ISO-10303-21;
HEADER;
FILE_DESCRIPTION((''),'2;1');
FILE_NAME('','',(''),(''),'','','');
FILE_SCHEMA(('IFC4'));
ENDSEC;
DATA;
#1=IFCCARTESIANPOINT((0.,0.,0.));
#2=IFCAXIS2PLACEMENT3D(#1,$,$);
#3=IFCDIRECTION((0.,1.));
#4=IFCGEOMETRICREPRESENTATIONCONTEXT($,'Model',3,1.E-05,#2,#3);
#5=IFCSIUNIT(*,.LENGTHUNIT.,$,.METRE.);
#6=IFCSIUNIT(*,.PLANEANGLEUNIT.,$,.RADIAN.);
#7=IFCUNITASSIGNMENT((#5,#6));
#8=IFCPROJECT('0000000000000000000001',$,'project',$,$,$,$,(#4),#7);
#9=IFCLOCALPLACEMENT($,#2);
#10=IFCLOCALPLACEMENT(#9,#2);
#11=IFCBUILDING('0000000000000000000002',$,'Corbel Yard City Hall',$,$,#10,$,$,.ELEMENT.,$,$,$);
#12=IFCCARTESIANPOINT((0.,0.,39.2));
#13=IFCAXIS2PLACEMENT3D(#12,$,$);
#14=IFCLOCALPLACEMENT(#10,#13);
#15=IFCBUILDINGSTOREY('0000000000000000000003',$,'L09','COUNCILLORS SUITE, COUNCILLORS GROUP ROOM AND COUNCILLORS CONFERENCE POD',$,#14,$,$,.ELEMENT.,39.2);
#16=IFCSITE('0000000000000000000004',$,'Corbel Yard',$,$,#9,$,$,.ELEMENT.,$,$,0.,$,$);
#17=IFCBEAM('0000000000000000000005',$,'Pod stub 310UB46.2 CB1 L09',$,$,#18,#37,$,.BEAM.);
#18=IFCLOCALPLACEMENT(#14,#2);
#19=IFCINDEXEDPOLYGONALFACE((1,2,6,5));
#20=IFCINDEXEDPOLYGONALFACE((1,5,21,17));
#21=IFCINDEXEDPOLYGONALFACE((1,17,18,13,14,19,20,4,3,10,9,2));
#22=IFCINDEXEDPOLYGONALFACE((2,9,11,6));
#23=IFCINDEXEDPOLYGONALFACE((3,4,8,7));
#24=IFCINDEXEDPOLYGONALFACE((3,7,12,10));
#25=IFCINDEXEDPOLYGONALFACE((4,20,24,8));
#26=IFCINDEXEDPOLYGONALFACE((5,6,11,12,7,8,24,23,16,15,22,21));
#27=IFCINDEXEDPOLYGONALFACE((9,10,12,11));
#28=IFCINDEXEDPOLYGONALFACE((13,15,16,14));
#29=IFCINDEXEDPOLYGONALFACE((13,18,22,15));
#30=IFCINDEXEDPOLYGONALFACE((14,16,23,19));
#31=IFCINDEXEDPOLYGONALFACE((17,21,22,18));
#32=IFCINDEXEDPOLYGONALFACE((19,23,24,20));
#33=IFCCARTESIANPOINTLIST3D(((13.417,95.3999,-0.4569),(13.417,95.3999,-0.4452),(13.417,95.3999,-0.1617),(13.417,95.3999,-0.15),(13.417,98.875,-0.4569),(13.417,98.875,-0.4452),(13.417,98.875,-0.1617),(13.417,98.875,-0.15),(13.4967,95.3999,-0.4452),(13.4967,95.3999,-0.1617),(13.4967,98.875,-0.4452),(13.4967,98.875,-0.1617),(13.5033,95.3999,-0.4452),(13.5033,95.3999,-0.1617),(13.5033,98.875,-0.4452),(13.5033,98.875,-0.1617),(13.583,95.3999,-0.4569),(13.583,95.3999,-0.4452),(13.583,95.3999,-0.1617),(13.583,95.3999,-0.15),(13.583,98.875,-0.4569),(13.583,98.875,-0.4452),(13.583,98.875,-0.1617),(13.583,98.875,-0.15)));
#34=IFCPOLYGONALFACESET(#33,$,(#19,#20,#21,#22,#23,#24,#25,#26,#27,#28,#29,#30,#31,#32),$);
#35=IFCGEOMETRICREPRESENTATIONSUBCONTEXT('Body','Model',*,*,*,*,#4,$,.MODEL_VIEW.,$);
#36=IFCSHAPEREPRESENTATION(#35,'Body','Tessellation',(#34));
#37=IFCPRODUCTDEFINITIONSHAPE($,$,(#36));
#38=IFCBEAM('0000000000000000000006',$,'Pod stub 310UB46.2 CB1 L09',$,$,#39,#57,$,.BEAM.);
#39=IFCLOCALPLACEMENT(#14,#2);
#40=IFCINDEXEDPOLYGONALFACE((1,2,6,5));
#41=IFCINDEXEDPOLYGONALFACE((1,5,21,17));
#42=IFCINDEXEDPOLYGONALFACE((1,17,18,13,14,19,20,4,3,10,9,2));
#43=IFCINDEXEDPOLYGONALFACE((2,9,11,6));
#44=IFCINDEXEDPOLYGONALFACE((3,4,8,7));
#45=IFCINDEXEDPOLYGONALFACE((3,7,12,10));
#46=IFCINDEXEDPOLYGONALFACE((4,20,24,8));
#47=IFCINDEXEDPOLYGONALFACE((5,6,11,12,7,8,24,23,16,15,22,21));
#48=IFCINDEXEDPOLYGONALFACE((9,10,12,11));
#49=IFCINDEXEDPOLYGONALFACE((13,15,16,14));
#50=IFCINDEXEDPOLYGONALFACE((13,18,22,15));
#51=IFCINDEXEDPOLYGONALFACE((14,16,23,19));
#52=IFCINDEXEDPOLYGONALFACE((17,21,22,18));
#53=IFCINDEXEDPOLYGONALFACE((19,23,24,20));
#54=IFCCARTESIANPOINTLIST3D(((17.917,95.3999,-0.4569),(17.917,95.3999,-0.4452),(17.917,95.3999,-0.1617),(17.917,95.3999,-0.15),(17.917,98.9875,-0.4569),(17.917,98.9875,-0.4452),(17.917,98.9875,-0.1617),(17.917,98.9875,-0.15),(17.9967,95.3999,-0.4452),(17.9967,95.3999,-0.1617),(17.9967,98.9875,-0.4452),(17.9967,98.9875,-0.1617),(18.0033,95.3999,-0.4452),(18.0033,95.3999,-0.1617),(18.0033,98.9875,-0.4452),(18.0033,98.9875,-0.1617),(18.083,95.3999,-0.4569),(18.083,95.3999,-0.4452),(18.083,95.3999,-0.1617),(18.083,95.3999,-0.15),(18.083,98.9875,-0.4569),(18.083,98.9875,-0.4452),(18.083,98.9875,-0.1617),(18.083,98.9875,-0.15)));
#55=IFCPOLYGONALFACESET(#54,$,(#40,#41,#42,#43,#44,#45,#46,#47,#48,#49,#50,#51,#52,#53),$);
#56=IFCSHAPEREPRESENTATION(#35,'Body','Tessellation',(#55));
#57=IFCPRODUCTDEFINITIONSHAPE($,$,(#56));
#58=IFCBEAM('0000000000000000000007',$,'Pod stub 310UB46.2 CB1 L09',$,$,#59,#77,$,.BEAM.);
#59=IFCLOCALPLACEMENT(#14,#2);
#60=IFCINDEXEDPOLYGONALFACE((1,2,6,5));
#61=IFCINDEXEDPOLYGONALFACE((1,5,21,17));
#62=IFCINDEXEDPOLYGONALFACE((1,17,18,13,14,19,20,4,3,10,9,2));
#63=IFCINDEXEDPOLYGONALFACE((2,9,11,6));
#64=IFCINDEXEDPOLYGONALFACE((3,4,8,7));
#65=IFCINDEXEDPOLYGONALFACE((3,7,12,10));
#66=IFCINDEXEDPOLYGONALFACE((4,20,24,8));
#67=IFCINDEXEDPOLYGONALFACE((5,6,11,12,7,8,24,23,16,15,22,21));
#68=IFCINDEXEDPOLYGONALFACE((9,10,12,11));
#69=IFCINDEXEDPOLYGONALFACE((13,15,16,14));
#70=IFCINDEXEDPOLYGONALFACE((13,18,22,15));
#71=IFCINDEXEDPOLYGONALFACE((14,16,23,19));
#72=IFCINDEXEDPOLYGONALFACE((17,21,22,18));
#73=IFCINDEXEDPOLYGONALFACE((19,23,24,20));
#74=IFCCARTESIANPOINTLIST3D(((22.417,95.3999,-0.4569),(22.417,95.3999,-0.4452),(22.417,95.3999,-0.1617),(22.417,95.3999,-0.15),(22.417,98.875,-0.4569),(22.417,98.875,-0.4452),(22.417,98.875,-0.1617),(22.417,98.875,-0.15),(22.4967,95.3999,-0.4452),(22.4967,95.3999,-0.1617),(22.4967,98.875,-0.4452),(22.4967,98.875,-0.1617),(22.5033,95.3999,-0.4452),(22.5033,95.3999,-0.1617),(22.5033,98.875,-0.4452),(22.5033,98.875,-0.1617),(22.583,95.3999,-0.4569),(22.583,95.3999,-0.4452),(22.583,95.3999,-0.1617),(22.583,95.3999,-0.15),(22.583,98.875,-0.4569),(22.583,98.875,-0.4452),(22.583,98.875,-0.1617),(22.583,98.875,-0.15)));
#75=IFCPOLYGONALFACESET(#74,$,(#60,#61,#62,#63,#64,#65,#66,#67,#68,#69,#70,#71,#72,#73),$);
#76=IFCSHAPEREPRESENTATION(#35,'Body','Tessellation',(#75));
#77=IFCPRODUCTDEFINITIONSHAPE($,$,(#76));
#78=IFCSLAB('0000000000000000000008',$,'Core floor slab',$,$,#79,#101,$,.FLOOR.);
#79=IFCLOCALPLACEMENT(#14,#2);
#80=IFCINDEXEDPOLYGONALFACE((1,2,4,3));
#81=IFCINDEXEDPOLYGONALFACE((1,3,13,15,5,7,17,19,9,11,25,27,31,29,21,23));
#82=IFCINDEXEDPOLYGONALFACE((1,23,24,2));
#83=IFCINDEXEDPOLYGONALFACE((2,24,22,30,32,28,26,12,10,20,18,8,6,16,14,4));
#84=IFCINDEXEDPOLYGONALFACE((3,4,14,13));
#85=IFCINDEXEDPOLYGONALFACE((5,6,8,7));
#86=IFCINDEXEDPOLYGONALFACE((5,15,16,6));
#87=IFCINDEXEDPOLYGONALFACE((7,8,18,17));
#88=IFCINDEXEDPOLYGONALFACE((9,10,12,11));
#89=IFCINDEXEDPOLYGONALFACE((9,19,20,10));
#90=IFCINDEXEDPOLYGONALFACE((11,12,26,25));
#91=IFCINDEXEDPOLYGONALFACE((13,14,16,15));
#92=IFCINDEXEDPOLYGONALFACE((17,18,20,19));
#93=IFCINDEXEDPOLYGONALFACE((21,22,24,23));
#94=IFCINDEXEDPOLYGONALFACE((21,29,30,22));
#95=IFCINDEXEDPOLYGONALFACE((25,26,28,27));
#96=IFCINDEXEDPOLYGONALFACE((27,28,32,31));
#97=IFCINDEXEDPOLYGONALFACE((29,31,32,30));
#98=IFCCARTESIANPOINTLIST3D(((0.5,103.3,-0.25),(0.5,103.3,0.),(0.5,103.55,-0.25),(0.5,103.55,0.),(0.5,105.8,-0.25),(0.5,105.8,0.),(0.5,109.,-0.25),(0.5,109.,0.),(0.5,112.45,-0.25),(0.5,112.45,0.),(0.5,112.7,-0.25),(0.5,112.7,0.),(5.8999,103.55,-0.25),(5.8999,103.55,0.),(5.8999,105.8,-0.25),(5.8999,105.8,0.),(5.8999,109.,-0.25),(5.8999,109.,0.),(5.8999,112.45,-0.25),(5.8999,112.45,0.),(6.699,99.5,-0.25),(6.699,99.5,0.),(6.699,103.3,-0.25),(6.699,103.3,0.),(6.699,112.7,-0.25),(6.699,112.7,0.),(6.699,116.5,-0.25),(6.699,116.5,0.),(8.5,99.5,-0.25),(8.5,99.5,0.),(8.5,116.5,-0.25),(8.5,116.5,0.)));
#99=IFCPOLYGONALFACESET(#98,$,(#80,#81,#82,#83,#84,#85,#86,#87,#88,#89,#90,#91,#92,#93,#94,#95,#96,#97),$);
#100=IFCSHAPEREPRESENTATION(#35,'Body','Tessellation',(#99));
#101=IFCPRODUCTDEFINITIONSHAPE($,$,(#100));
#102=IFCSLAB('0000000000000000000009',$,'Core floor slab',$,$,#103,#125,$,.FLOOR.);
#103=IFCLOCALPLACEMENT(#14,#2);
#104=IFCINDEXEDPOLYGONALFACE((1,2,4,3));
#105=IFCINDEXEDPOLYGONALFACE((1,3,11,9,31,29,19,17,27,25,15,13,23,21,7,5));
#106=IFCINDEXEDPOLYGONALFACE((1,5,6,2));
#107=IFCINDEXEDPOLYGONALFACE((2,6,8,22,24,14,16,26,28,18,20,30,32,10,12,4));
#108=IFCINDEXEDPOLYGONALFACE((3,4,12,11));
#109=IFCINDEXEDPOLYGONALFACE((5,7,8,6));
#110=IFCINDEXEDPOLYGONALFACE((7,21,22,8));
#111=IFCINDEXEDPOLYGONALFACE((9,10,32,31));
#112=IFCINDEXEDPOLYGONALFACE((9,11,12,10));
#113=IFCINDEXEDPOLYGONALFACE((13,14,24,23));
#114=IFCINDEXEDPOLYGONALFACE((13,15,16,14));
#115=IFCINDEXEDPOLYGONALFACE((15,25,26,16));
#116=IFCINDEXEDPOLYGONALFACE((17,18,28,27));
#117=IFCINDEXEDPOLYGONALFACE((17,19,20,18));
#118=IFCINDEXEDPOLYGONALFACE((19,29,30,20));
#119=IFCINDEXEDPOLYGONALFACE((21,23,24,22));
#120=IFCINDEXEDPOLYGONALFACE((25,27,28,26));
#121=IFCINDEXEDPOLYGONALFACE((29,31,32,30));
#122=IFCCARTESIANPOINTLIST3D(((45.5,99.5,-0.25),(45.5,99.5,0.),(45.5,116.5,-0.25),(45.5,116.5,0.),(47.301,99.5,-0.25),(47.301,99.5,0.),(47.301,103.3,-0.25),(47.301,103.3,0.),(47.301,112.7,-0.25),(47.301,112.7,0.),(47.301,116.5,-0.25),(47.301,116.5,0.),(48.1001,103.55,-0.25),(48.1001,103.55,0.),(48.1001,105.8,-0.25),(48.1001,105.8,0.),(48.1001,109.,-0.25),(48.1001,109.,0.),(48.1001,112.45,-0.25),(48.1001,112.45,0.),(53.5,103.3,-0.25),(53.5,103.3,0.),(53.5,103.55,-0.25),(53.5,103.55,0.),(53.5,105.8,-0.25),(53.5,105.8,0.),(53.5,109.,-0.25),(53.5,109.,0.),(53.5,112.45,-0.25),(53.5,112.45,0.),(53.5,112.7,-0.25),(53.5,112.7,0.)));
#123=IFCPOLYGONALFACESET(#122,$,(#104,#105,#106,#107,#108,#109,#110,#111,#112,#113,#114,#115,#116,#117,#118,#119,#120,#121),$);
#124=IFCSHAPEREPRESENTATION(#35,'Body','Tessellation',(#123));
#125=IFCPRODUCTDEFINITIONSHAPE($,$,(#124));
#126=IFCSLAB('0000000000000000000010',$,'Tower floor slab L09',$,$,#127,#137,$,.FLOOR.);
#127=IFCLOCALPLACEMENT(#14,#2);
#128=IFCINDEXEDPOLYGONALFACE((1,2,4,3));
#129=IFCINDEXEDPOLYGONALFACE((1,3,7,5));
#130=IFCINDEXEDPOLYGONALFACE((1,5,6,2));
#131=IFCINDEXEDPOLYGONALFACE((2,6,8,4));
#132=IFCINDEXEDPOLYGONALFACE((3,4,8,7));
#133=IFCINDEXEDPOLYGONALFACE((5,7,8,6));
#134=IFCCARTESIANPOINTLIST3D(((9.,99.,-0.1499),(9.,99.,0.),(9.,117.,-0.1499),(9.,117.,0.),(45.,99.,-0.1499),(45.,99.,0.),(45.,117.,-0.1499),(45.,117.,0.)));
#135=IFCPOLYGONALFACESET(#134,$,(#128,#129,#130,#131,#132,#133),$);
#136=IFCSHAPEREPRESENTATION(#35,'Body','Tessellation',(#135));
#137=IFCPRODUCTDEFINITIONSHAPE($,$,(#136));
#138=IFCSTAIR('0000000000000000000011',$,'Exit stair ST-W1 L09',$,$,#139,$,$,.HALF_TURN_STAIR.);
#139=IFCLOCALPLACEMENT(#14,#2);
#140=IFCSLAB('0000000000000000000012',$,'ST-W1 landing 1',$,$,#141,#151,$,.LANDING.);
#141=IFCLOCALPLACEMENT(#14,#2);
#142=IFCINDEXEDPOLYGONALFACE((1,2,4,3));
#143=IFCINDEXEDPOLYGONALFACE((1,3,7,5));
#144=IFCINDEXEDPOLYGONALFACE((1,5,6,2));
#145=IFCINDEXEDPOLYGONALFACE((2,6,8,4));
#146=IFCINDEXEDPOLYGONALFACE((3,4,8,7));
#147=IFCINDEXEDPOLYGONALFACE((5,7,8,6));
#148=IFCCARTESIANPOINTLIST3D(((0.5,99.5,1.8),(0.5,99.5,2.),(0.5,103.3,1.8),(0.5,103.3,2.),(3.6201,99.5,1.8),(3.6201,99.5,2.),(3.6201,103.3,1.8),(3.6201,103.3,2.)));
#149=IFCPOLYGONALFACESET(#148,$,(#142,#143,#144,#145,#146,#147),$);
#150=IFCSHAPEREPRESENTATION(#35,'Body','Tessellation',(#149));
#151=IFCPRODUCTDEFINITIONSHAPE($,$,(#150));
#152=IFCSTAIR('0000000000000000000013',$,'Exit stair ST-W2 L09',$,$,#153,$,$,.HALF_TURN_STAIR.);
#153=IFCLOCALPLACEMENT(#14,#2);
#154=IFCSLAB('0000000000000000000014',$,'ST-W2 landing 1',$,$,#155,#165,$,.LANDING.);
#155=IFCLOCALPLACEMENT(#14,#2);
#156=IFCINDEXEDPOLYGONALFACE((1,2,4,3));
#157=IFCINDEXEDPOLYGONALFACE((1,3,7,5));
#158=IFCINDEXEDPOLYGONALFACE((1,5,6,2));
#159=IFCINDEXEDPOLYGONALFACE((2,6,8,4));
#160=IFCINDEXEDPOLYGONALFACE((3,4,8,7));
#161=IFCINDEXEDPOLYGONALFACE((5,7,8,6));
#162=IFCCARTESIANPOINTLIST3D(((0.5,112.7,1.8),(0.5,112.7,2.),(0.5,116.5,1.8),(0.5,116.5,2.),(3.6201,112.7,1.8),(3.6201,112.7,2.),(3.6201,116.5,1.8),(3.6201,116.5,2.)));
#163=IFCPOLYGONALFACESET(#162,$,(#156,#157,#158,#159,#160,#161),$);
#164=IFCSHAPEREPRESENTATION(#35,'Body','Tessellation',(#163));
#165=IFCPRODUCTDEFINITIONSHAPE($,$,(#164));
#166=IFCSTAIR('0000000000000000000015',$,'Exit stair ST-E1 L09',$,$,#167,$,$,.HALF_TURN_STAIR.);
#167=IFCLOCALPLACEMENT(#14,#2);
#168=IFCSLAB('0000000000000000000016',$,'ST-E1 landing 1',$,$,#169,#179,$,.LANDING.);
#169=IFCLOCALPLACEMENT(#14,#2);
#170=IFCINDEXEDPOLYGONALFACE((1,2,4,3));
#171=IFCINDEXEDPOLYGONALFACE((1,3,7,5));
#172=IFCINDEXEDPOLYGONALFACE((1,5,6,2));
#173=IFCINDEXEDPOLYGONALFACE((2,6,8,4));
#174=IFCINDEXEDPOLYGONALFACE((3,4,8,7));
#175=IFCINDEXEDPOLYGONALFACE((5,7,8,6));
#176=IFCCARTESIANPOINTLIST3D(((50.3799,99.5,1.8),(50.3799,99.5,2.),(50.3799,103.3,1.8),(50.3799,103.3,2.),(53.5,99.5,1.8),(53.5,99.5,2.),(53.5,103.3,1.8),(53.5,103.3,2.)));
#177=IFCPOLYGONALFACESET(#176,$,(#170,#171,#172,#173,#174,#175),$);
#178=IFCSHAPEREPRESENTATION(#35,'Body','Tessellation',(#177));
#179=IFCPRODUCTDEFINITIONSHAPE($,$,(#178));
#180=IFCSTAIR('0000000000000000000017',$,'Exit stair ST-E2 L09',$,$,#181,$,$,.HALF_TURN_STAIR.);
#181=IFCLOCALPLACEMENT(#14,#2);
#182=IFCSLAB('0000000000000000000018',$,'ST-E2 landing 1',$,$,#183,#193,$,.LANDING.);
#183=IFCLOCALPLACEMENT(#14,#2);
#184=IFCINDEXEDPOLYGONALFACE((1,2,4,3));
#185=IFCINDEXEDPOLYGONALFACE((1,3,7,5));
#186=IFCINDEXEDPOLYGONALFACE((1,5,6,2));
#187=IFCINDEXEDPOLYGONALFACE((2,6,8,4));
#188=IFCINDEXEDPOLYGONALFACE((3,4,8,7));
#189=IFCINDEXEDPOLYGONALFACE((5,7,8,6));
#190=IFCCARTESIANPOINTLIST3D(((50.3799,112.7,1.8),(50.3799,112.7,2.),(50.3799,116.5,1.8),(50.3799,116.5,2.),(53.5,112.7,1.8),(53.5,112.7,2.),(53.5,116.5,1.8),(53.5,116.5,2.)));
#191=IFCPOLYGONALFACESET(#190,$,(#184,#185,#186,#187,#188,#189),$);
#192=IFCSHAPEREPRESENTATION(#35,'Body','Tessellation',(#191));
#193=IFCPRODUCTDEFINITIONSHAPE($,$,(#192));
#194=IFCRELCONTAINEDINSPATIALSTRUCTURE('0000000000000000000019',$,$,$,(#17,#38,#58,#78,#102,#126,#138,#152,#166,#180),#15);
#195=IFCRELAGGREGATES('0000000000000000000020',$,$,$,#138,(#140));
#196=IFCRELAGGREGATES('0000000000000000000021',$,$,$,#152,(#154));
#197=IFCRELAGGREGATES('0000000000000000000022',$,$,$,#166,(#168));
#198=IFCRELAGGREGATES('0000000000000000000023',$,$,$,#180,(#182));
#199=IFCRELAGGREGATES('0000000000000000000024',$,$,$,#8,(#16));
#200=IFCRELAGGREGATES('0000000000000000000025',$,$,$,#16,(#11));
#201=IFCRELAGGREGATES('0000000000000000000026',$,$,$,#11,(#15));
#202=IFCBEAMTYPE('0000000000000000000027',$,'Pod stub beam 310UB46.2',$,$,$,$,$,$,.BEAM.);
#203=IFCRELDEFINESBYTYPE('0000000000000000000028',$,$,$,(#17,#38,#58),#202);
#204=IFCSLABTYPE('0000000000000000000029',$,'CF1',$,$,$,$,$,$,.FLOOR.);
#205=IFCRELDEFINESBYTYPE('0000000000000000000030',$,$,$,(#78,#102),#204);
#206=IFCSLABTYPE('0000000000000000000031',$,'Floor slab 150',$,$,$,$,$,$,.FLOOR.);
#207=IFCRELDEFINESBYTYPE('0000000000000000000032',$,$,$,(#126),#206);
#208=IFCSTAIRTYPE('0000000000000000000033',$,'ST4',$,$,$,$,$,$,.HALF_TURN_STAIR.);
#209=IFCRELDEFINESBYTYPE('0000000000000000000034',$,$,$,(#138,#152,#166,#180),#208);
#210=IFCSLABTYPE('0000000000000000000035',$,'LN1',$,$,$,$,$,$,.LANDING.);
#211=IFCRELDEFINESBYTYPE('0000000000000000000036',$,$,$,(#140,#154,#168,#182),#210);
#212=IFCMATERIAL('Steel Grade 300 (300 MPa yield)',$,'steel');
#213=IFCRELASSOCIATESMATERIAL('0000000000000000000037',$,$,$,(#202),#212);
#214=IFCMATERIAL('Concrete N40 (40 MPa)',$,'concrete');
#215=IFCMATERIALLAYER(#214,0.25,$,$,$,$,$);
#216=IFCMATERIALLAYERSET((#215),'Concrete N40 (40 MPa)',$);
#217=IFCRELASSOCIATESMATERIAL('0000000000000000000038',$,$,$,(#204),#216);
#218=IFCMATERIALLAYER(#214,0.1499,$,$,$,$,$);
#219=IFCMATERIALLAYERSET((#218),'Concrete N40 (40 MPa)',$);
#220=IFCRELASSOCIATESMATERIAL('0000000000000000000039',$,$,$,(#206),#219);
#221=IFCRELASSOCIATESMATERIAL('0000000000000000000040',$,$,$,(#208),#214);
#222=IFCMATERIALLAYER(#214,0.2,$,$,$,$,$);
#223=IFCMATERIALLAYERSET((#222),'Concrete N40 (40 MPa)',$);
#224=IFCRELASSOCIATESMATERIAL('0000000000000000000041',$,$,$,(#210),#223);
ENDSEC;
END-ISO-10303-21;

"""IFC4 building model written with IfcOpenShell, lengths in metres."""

from ifc_helpers import new_model, si_unit, direction, frame, origin, origin_2d, place, context, subcontext, project, spatial, polyline, i_section, outline, extrude, material, layer, layer_set, material_profile, profile_set, type_object, element, aggregate, save


model = new_model("IFC4")

# Units and contexts
model_context = context("Model", 3, precision=1e-05, world=origin(), true_north=direction((0.0, 1.0)))
body_context = subcontext(model_context, "Body", "Model", "MODEL_VIEW")
ifc_project = project(units=[si_unit("LENGTHUNIT", "METRE"), si_unit("PLANEANGLEUNIT", "RADIAN")], contexts=[model_context])

# Site, building, storey
site_placement = place(None, origin())
site = spatial("IfcSite", under=ifc_project, at=site_placement, Name="Corbel Yard", CompositionType="ELEMENT", RefElevation=0.0)
building_placement = place(site_placement, origin())
building = spatial("IfcBuilding", under=site, at=building_placement, Name="Corbel Yard City Hall", CompositionType="ELEMENT")
storey_placement = place(building_placement, frame((0.0, 0.0, 39.2)))
storey = spatial("IfcBuildingStorey", under=building, at=storey_placement, Name="L09", Description="COUNCILLORS SUITE, COUNCILLORS GROUP ROOM AND COUNCILLORS CONFERENCE POD", CompositionType="ELEMENT", Elevation=39.2)

# Beams
ifc_material_1 = material(Name="Steel Grade 300 (300 MPa yield)", Category="steel")
ifc_material_profile = material_profile(ifc_material_1, i_section(OverallWidth=0.166, OverallDepth=0.3069, WebThickness=0.0066, FlangeThickness=0.0117, at=origin_2d()), Name="310UB46.2")
ifc_profile_set = profile_set([ifc_material_profile], Name="Steel Grade 300 (300 MPa yield)")
beam_type = type_object("IfcBeamType", Name="Pod stub beam 310UB46.2", PredefinedType="BEAM", material=ifc_profile_set)
beam_1_placement = place(storey_placement, frame((13.5, 95.3999, -0.3035), z_axis=(0.0, 1.0, 0.0), x_axis=(-1.0, 0.0, 0.0)))
element("IfcBeam", 1, at=beam_1_placement, inside=storey, type_object=beam_type, Name="Pod stub 310UB46.2 CB1 L09", PredefinedType="BEAM", context=body_context, shape_type="SweptSolid", body=[
    extrude(i_section(OverallWidth=0.166, OverallDepth=0.3069, WebThickness=0.0066, FlangeThickness=0.0117, at=origin_2d()), origin(), (0.0, 0.0, 1.0), 3.4751),
])
beam_2_placement = place(storey_placement, frame((18.0, 95.3999, -0.3035), z_axis=(0.0, 1.0, 0.0), x_axis=(-1.0, 0.0, 0.0)))
element("IfcBeam", 2, at=beam_2_placement, inside=storey, type_object=beam_type, Name="Pod stub 310UB46.2 CB1 L09", PredefinedType="BEAM", context=body_context, shape_type="SweptSolid", body=[
    extrude(i_section(OverallWidth=0.166, OverallDepth=0.3069, WebThickness=0.0066, FlangeThickness=0.0117, at=origin_2d()), origin(), (0.0, 0.0, 1.0), 3.5876),
])
beam_3_placement = place(storey_placement, frame((22.5, 95.3999, -0.3035), z_axis=(0.0, 1.0, 0.0), x_axis=(-1.0, 0.0, 0.0)))
element("IfcBeam", 3, at=beam_3_placement, inside=storey, type_object=beam_type, Name="Pod stub 310UB46.2 CB1 L09", PredefinedType="BEAM", context=body_context, shape_type="SweptSolid", body=[
    extrude(i_section(OverallWidth=0.166, OverallDepth=0.3069, WebThickness=0.0066, FlangeThickness=0.0117, at=origin_2d()), origin(), (0.0, 0.0, 1.0), 3.4751),
])

# Slabs
ifc_material_2 = material(Name="Concrete N40 (40 MPa)", Category="concrete")
ifc_layer_1 = layer(ifc_material_2, 0.25)
ifc_layer_set_1 = layer_set([ifc_layer_1], Name="Concrete N40 (40 MPa)")
slab_type_1 = type_object("IfcSlabType", Name="CF1", PredefinedType="FLOOR", material=ifc_layer_set_1)
slab_1_placement = place(storey_placement, frame((0.0, 0.0, -0.25)))
element("IfcSlab", 4, at=slab_1_placement, inside=storey, type_object=slab_type_1, Name="Core floor slab", PredefinedType="FLOOR", context=body_context, shape_type="SweptSolid", body=[
    extrude(outline(polyline([(8.5, 116.5), (6.699, 116.5), (6.699, 112.7), (0.5, 112.7), (0.5, 112.45), (5.8999, 112.45), (5.8999, 109.0), (0.5, 109.0), (0.5, 105.8), (5.8999, 105.8), (5.8999, 103.55), (0.5, 103.55), (0.5, 103.3), (6.699, 103.3), (6.699, 99.5), (8.5, 99.5), (8.5, 116.5)])), origin(), (0.0, 0.0, 1.0), 0.25),
])
slab_2_placement = place(storey_placement, frame((0.0, 0.0, -0.25)))
element("IfcSlab", 5, at=slab_2_placement, inside=storey, type_object=slab_type_1, Name="Core floor slab", PredefinedType="FLOOR", context=body_context, shape_type="SweptSolid", body=[
    extrude(outline(polyline([(53.5, 103.3), (53.5, 103.55), (48.1001, 103.55), (48.1001, 105.8), (53.5, 105.8), (53.5, 109.0), (48.1001, 109.0), (48.1001, 112.45), (53.5, 112.45), (53.5, 112.7), (47.301, 112.7), (47.301, 116.5), (45.5, 116.5), (45.5, 99.5), (47.301, 99.5), (47.301, 103.3), (53.5, 103.3)])), origin(), (0.0, 0.0, 1.0), 0.25),
])
ifc_layer_2 = layer(ifc_material_2, 0.1499)
ifc_layer_set_2 = layer_set([ifc_layer_2], Name="Concrete N40 (40 MPa)")
slab_type_2 = type_object("IfcSlabType", Name="Floor slab 150", PredefinedType="FLOOR", material=ifc_layer_set_2)
slab_3_placement = place(storey_placement, frame((0.0, 0.0, -0.1499)))
element("IfcSlab", 6, at=slab_3_placement, inside=storey, type_object=slab_type_2, Name="Tower floor slab L09", PredefinedType="FLOOR", context=body_context, shape_type="SweptSolid", body=[
    extrude(outline(polyline([(45.0, 99.0), (45.0, 117.0), (9.0, 117.0), (9.0, 99.0), (45.0, 99.0)])), origin(), (0.0, 0.0, 1.0), 0.1499),
])

# Stairs, slabs
stair_type = type_object("IfcStairType", Name="ST4", PredefinedType="HALF_TURN_STAIR", material=ifc_material_2)
stair_1_placement = place(storey_placement, origin())
stair_1 = element("IfcStair", 7, at=stair_1_placement, inside=storey, type_object=stair_type, Name="Exit stair ST-W1 L09", PredefinedType="HALF_TURN_STAIR")
ifc_layer_3 = layer(ifc_material_2, 0.2)
ifc_layer_set_3 = layer_set([ifc_layer_3], Name="Concrete N40 (40 MPa)")
slab_type_3 = type_object("IfcSlabType", Name="LN1", PredefinedType="LANDING", material=ifc_layer_set_3)
slab_4_placement = place(storey_placement, frame((0.0, 0.0, 1.8)))
slab_4 = element("IfcSlab", 8, at=slab_4_placement, type_object=slab_type_3, Name="ST-W1 landing 1", PredefinedType="LANDING", context=body_context, shape_type="SweptSolid", body=[
    extrude(outline(polyline([(0.5, 99.5), (3.6201, 99.5), (3.6201, 103.3), (0.5, 103.3), (0.5, 99.5)])), origin(), (0.0, 0.0, 1.0), 0.2),
])
aggregate(stair_1, [slab_4])
stair_2_placement = place(storey_placement, origin())
stair_2 = element("IfcStair", 9, at=stair_2_placement, inside=storey, type_object=stair_type, Name="Exit stair ST-W2 L09", PredefinedType="HALF_TURN_STAIR")
slab_5_placement = place(storey_placement, frame((0.0, 0.0, 1.8)))
slab_5 = element("IfcSlab", 10, at=slab_5_placement, type_object=slab_type_3, Name="ST-W2 landing 1", PredefinedType="LANDING", context=body_context, shape_type="SweptSolid", body=[
    extrude(outline(polyline([(0.5, 112.7), (3.6201, 112.7), (3.6201, 116.5), (0.5, 116.5), (0.5, 112.7)])), origin(), (0.0, 0.0, 1.0), 0.2),
])
aggregate(stair_2, [slab_5])
stair_3_placement = place(storey_placement, origin())
stair_3 = element("IfcStair", 11, at=stair_3_placement, inside=storey, type_object=stair_type, Name="Exit stair ST-E1 L09", PredefinedType="HALF_TURN_STAIR")
slab_6_placement = place(storey_placement, frame((0.0, 0.0, 1.8)))
slab_6 = element("IfcSlab", 12, at=slab_6_placement, type_object=slab_type_3, Name="ST-E1 landing 1", PredefinedType="LANDING", context=body_context, shape_type="SweptSolid", body=[
    extrude(outline(polyline([(50.3799, 99.5), (53.5, 99.5), (53.5, 103.3), (50.3799, 103.3), (50.3799, 99.5)])), origin(), (0.0, 0.0, 1.0), 0.2),
])
aggregate(stair_3, [slab_6])
stair_4_placement = place(storey_placement, origin())
stair_4 = element("IfcStair", 13, at=stair_4_placement, inside=storey, type_object=stair_type, Name="Exit stair ST-E2 L09", PredefinedType="HALF_TURN_STAIR")
slab_7_placement = place(storey_placement, frame((0.0, 0.0, 1.8)))
slab_7 = element("IfcSlab", 14, at=slab_7_placement, type_object=slab_type_3, Name="ST-E2 landing 1", PredefinedType="LANDING", context=body_context, shape_type="SweptSolid", body=[
    extrude(outline(polyline([(50.3799, 112.7), (53.5, 112.7), (53.5, 116.5), (50.3799, 116.5), (50.3799, 112.7)])), origin(), (0.0, 0.0, 1.0), 0.2),
])
aggregate(stair_4, [slab_7])

save(model, "model.ifc")
